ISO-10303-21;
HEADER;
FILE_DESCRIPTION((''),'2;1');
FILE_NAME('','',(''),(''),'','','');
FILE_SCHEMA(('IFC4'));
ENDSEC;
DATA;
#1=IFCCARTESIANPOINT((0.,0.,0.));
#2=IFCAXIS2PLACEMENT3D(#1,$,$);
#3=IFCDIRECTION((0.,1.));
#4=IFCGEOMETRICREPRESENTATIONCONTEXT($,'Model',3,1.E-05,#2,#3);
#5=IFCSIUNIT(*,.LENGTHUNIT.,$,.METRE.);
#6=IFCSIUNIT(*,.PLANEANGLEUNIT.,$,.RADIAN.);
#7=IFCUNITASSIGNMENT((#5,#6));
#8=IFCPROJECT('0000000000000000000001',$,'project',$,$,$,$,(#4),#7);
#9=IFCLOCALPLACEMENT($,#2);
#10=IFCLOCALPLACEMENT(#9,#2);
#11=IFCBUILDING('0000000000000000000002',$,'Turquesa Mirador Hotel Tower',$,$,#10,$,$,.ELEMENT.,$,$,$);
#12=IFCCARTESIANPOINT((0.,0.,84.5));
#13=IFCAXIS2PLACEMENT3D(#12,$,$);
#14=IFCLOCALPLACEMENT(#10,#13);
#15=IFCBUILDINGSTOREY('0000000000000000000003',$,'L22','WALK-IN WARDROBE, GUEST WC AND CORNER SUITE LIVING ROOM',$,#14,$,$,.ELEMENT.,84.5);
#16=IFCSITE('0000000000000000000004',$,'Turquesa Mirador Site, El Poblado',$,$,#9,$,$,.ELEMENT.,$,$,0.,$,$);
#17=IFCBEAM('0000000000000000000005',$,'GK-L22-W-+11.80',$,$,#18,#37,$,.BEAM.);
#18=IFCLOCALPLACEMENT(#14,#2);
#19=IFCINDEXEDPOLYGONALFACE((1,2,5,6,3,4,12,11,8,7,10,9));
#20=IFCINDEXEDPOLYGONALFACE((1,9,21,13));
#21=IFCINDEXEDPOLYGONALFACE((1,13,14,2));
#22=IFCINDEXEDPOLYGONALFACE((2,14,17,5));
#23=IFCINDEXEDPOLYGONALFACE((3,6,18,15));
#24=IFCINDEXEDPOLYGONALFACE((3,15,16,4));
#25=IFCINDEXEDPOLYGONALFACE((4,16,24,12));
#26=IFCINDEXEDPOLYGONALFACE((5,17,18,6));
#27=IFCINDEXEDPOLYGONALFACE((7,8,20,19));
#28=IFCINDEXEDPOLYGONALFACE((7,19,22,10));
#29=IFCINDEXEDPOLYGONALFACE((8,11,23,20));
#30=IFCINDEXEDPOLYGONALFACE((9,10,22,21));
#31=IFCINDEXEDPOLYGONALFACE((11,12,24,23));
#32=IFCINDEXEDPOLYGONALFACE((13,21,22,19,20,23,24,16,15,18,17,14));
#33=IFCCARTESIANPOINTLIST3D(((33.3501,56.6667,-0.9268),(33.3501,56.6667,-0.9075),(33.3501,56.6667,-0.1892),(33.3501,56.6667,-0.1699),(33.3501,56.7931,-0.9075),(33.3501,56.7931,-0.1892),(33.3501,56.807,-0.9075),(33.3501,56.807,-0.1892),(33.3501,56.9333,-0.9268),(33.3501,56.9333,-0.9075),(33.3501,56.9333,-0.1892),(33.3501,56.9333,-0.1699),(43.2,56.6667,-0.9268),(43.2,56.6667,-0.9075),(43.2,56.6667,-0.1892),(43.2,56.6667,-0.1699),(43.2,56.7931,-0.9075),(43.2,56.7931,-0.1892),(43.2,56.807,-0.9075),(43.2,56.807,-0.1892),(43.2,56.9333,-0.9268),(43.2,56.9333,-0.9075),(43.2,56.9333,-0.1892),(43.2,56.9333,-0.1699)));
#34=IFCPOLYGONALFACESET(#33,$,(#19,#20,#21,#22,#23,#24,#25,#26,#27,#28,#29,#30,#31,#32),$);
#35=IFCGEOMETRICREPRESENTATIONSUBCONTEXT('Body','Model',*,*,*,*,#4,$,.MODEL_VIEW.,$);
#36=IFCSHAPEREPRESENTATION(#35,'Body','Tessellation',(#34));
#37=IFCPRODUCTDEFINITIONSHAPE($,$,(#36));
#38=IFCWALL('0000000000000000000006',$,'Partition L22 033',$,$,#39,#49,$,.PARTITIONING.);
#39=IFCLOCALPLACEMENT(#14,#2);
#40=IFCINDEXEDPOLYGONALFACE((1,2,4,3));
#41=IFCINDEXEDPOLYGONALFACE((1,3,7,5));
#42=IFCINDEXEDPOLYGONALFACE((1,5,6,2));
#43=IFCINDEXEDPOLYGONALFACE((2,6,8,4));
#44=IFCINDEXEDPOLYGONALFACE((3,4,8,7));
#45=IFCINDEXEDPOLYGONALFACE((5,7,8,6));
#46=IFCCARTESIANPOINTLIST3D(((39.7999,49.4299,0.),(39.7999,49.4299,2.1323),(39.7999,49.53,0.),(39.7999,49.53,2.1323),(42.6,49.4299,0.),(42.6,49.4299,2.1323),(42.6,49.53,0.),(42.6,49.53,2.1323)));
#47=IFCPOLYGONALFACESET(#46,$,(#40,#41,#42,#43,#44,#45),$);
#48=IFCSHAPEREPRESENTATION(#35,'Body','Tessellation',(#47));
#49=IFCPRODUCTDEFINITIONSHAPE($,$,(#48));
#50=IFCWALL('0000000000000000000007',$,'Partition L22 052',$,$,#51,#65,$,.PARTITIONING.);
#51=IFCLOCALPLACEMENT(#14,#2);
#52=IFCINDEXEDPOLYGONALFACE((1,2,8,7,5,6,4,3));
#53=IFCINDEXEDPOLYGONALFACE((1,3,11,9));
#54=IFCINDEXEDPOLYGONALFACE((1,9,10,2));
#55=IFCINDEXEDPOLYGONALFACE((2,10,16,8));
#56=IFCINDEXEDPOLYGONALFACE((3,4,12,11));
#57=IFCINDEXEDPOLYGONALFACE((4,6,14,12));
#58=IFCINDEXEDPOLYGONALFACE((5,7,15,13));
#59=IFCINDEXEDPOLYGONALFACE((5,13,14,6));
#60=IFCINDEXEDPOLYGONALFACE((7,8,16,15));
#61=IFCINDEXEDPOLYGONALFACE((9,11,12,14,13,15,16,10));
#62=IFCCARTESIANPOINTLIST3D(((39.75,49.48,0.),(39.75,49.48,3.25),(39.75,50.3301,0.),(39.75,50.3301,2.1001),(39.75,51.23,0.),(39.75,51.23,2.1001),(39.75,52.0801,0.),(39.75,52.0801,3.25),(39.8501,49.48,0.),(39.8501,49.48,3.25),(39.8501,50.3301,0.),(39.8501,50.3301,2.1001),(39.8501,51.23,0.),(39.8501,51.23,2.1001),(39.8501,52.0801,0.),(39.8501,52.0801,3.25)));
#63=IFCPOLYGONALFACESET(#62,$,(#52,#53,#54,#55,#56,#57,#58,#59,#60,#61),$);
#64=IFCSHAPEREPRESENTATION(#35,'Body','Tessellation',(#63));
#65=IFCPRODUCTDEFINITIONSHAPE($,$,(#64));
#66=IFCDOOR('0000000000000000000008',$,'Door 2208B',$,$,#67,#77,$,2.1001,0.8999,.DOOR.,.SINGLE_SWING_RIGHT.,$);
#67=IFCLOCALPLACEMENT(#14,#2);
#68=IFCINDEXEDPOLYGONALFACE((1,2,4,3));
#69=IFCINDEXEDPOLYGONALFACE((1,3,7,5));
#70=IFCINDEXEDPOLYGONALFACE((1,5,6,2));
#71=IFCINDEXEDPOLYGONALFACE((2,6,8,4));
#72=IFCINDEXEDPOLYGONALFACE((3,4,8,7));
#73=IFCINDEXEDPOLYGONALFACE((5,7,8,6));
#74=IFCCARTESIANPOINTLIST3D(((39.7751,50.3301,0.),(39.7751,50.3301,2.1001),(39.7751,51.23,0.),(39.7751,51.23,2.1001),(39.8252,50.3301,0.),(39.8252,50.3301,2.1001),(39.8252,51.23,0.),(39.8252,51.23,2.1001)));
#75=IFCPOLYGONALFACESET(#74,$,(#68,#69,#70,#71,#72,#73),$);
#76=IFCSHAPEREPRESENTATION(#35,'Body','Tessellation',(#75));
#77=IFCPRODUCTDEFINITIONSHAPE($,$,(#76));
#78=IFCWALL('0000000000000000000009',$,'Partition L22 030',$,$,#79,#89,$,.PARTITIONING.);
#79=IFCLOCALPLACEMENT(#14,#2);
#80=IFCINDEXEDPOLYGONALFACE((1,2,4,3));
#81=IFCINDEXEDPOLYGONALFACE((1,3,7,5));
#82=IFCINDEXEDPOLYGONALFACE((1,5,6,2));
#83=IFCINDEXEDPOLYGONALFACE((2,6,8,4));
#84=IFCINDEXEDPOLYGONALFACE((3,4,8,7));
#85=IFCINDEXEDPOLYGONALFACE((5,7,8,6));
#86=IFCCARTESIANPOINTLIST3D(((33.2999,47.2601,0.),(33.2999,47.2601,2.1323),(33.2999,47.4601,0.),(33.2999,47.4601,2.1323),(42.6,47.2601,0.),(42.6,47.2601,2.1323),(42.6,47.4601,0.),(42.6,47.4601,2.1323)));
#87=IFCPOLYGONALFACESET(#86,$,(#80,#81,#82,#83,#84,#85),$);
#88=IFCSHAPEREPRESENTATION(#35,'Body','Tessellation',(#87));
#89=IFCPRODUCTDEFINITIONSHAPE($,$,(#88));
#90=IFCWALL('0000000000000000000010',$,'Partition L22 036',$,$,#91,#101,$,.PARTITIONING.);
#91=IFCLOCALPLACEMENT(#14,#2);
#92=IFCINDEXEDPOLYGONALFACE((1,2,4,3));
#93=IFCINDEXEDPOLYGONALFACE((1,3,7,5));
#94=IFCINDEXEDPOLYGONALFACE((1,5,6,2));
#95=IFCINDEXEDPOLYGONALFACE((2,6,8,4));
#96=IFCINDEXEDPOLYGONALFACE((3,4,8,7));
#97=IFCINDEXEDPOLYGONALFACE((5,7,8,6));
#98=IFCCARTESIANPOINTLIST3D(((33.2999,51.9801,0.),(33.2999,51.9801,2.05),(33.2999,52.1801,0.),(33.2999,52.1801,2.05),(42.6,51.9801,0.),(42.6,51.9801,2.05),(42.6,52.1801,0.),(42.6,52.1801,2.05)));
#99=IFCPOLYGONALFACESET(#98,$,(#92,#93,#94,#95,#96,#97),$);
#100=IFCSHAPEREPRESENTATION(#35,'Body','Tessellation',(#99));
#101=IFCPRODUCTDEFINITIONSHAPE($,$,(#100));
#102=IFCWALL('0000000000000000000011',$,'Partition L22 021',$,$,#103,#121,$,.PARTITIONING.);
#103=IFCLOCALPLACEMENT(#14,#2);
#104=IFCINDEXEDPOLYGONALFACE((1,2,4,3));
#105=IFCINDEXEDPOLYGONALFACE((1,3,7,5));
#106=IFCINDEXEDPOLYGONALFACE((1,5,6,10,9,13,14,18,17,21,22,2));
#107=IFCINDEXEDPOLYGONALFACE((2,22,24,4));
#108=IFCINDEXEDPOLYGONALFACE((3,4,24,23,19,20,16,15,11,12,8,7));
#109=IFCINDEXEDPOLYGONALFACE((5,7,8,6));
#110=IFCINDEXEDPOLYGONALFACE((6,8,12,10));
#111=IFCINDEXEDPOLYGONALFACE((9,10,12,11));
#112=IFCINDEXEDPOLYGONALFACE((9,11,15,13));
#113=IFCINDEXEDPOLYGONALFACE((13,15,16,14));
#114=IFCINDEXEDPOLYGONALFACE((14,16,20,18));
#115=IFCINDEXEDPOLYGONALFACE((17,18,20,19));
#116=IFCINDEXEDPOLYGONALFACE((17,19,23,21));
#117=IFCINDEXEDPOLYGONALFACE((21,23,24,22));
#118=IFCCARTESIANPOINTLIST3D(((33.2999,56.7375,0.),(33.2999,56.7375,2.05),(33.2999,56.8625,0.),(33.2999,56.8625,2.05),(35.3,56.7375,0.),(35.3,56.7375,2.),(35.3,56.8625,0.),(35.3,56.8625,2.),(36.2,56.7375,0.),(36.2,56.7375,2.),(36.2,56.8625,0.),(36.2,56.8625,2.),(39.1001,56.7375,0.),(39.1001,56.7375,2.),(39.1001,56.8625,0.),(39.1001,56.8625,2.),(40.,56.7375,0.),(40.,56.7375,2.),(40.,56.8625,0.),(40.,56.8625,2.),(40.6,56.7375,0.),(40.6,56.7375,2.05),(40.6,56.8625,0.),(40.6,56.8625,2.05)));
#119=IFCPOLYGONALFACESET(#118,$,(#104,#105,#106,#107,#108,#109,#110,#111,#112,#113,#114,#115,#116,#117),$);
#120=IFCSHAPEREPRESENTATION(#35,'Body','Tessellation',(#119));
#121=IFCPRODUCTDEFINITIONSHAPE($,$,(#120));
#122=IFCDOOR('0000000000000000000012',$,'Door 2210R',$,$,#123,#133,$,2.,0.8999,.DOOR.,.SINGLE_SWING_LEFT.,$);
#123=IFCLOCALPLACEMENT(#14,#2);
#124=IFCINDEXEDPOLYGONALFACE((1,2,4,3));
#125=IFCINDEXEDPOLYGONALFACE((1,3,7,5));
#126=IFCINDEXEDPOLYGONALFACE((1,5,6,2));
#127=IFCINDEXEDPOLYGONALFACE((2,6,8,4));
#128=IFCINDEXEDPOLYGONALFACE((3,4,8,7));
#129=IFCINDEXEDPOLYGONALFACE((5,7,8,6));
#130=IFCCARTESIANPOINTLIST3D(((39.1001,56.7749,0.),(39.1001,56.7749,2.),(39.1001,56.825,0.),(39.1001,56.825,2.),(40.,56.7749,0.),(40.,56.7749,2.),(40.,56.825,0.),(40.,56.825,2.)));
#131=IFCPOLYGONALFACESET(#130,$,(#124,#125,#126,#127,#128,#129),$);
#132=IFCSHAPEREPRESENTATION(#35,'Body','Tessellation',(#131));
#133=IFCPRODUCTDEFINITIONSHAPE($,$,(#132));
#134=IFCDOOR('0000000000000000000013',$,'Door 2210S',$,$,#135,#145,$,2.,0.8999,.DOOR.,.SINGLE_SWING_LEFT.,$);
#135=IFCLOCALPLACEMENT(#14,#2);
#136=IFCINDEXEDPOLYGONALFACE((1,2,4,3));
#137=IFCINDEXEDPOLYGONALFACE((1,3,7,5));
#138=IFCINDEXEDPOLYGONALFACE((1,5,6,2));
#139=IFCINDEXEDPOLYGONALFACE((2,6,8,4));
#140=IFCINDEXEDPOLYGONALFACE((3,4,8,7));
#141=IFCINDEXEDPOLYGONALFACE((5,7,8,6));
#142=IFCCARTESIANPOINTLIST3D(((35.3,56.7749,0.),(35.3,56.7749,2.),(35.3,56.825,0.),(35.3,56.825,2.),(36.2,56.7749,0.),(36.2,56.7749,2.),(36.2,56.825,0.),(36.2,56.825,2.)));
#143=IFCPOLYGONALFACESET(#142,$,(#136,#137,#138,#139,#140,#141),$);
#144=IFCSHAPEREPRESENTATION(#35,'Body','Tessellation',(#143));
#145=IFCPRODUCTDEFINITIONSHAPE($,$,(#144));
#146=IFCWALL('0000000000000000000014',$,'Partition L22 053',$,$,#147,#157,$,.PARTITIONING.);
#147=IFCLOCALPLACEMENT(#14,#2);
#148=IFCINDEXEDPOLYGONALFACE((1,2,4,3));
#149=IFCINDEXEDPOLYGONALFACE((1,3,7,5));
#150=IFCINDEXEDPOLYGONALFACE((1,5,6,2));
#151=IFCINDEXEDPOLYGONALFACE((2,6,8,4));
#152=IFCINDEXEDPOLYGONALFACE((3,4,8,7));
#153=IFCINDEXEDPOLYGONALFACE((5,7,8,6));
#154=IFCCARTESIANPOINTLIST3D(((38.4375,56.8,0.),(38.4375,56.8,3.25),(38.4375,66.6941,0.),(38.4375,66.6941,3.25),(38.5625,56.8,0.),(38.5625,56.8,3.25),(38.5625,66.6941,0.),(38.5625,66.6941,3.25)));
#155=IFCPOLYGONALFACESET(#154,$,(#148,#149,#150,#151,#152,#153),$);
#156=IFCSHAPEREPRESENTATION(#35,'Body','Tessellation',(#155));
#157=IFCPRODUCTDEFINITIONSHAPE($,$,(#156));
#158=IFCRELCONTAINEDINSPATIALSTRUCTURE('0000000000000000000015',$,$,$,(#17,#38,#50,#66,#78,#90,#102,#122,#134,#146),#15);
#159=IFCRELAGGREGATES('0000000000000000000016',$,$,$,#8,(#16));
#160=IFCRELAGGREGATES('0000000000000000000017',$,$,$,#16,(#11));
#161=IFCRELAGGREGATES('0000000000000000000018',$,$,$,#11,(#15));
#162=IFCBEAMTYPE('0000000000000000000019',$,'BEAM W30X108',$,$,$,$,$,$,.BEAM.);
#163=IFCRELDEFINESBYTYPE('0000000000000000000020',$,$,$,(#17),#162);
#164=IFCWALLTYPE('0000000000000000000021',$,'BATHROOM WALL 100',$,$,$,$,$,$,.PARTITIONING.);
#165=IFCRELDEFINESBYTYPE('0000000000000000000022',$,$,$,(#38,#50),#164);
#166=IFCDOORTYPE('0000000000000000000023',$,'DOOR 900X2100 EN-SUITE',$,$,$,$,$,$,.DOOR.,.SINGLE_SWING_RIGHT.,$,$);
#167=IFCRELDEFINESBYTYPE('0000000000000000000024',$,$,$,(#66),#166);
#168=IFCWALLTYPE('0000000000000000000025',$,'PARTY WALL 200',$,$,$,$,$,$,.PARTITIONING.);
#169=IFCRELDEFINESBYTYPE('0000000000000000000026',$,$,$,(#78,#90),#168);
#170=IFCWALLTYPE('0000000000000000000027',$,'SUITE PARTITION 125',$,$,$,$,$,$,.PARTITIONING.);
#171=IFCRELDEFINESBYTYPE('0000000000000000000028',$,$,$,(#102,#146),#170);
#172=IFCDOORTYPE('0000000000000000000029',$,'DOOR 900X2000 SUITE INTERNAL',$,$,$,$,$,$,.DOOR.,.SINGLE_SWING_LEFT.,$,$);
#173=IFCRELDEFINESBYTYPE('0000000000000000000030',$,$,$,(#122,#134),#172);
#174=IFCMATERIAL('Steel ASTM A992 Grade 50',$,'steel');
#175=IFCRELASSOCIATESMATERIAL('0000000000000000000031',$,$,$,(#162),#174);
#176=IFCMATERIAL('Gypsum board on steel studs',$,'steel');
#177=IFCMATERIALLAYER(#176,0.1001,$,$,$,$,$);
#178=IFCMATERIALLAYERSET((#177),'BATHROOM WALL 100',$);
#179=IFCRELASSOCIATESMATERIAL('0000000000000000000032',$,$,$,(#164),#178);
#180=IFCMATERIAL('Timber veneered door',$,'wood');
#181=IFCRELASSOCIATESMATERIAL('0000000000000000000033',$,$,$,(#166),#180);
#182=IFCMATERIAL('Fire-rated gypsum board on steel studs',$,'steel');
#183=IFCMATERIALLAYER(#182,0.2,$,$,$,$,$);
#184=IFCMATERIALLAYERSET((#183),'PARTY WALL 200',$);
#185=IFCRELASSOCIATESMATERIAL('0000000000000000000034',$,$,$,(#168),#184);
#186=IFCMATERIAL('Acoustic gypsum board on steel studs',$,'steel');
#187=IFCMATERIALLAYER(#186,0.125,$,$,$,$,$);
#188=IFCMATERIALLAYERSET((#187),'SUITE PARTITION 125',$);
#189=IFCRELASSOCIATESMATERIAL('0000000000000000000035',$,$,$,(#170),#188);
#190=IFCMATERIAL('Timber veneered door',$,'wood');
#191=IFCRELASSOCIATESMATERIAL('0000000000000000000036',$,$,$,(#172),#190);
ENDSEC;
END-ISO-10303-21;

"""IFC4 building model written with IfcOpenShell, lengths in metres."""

from ifc_helpers import new_model, si_unit, direction, frame, frame_2d, origin, origin_2d, place, context, subcontext, project, spatial, rectangle, i_section, extrude, material, layer, layer_set, material_profile, profile_set, type_object, element, fill, save


model = new_model("IFC4")

# Units and contexts
model_context = context("Model", 3, precision=1e-05, world=origin(), true_north=direction((0.0, 1.0)))
body_context = subcontext(model_context, "Body", "Model", "MODEL_VIEW")
ifc_project = project(units=[si_unit("LENGTHUNIT", "METRE"), si_unit("PLANEANGLEUNIT", "RADIAN")], contexts=[model_context])

# Site, building, storey
site_placement = place(None, origin())
site = spatial("IfcSite", under=ifc_project, at=site_placement, Name="Turquesa Mirador Site, El Poblado", CompositionType="ELEMENT", RefElevation=0.0)
building_placement = place(site_placement, origin())
building = spatial("IfcBuilding", under=site, at=building_placement, Name="Turquesa Mirador Hotel Tower", CompositionType="ELEMENT")
storey_placement = place(building_placement, frame((0.0, 0.0, 84.5)))
storey = spatial("IfcBuildingStorey", under=building, at=storey_placement, Name="L22", Description="WALK-IN WARDROBE, GUEST WC AND CORNER SUITE LIVING ROOM", CompositionType="ELEMENT", Elevation=84.5)

# Beam
ifc_material_1 = material(Name="Steel ASTM A992 Grade 50", Category="steel")
ifc_material_profile_1 = material_profile(ifc_material_1, i_section(OverallWidth=0.2666, OverallDepth=0.7568, WebThickness=0.0139, FlangeThickness=0.0193, at=origin_2d()), Name="W30X108")
ifc_profile_set_1 = profile_set([ifc_material_profile_1], Name="Steel ASTM A992 Grade 50")
beam_type_1 = type_object("IfcBeamType", Name="BEAM W30X108", PredefinedType="BEAM", material=ifc_profile_set_1)
beam_1_placement = place(storey_placement, frame((33.3501, 56.8, -0.5483), z_axis=(1.0, 0.0, 0.0), x_axis=(0.0, 1.0, 0.0)))
element("IfcBeam", 1, at=beam_1_placement, inside=storey, type_object=beam_type_1, Name="GK-L22-W-+11.80", PredefinedType="BEAM", context=body_context, shape_type="SweptSolid", body=[
    extrude(i_section(OverallWidth=0.2666, OverallDepth=0.7568, WebThickness=0.0139, FlangeThickness=0.0193, at=origin_2d()), origin(), (0.0, 0.0, 1.0), 9.8499),
])

# Wall
ifc_material_2 = material(Name="Gypsum board on steel studs", Category="steel")
ifc_layer_1 = layer(ifc_material_2, 0.1001)
ifc_layer_set_1 = layer_set([ifc_layer_1], Name="BATHROOM WALL 100")
wall_type_1 = type_object("IfcWallType", Name="BATHROOM WALL 100", PredefinedType="PARTITIONING", material=ifc_layer_set_1)
wall_1_placement = place(storey_placement, frame((39.8, 49.48, 0.0), z_axis=(0.0, 0.0, 1.0), x_axis=(1.0, 0.0, 0.0)))
element("IfcWall", 2, at=wall_1_placement, inside=storey, type_object=wall_type_1, Name="Partition L22 033", PredefinedType="PARTITIONING", context=body_context, shape_type="SweptSolid", body=[
    extrude(rectangle(XDim=2.8, YDim=0.1001, at=frame_2d((1.3999, 0.0))), origin(), (0.0, 0.0, 1.0), 2.1323),
])

# Wall, opening, door
wall_2_placement = place(storey_placement, frame((39.8, 49.48, 0.0), z_axis=(0.0, 0.0, 1.0), x_axis=(0.0, 1.0, 0.0)))
wall_2 = element("IfcWall", 3, at=wall_2_placement, inside=storey, type_object=wall_type_1, Name="Partition L22 052", PredefinedType="PARTITIONING", context=body_context, shape_type="SweptSolid", body=[
    extrude(rectangle(XDim=2.6001, YDim=0.1001, at=frame_2d((1.3, 0.0))), origin(), (0.0, 0.0, 1.0), 3.25),
])
opening_1_placement = place(wall_2_placement, frame((0.8501, 0.0, 0.0)))
opening_1 = element("IfcOpeningElement", 4, at=opening_1_placement, cuts=wall_2, PredefinedType="OPENING", context=body_context, shape_type="SweptSolid", body=[
    extrude(rectangle(XDim=0.8999, YDim=2.1001, at=frame_2d((0.45, 1.05))), frame((0.0, 0.0601, 0.0), z_axis=(0.0, -1.0, 0.0), x_axis=(1.0, 0.0, 0.0)), (0.0, 0.0, 1.0), 0.1201),
])
ifc_material_3 = material(Name="Timber veneered door", Category="wood")
door_type_1 = type_object("IfcDoorType", Name="DOOR 900X2100 EN-SUITE", OperationType="SINGLE_SWING_RIGHT", PredefinedType="DOOR", material=ifc_material_3)
door_1_placement = place(opening_1_placement, origin())
door_1 = element("IfcDoor", 5, at=door_1_placement, inside=storey, type_object=door_type_1, Name="Door 2208B", OperationType="SINGLE_SWING_RIGHT", OverallHeight=2.1001, OverallWidth=0.8999, PredefinedType="DOOR", context=body_context, shape_type="SweptSolid", body=[
    extrude(rectangle(XDim=0.8999, YDim=2.1001, at=frame_2d((0.45, 1.05))), frame((0.0, 0.0249, 0.0), z_axis=(0.0, -1.0, 0.0), x_axis=(1.0, 0.0, 0.0)), (0.0, 0.0, 1.0), 0.05),
])
fill(opening_1, door_1)

# Walls
ifc_material_4 = material(Name="Fire-rated gypsum board on steel studs", Category="steel")
ifc_layer_2 = layer(ifc_material_4, 0.2)
ifc_layer_set_2 = layer_set([ifc_layer_2], Name="PARTY WALL 200")
wall_type_2 = type_object("IfcWallType", Name="PARTY WALL 200", PredefinedType="PARTITIONING", material=ifc_layer_set_2)
wall_3_placement = place(storey_placement, frame((33.3, 47.3601, 0.0), z_axis=(0.0, 0.0, 1.0), x_axis=(1.0, 0.0, 0.0)))
element("IfcWall", 6, at=wall_3_placement, inside=storey, type_object=wall_type_2, Name="Partition L22 030", PredefinedType="PARTITIONING", context=body_context, shape_type="SweptSolid", body=[
    extrude(rectangle(XDim=9.3, YDim=0.2, at=frame_2d((4.6499, 0.0))), origin(), (0.0, 0.0, 1.0), 2.1323),
])
wall_4_placement = place(storey_placement, frame((33.3, 52.0801, 0.0), z_axis=(0.0, 0.0, 1.0), x_axis=(1.0, 0.0, 0.0)))
element("IfcWall", 7, at=wall_4_placement, inside=storey, type_object=wall_type_2, Name="Partition L22 036", PredefinedType="PARTITIONING", context=body_context, shape_type="SweptSolid", body=[
    extrude(rectangle(XDim=9.3, YDim=0.2, at=frame_2d((4.6499, 0.0))), origin(), (0.0, 0.0, 1.0), 2.05),
])

# Wall, openings, doors
ifc_material_5 = material(Name="Acoustic gypsum board on steel studs", Category="steel")
ifc_layer_3 = layer(ifc_material_5, 0.125)
ifc_layer_set_3 = layer_set([ifc_layer_3], Name="SUITE PARTITION 125")
wall_type_3 = type_object("IfcWallType", Name="SUITE PARTITION 125", PredefinedType="PARTITIONING", material=ifc_layer_set_3)
wall_5_placement = place(storey_placement, frame((33.3, 56.8, 0.0), z_axis=(0.0, 0.0, 1.0), x_axis=(1.0, 0.0, 0.0)))
wall_5 = element("IfcWall", 8, at=wall_5_placement, inside=storey, type_object=wall_type_3, Name="Partition L22 021", PredefinedType="PARTITIONING", context=body_context, shape_type="SweptSolid", body=[
    extrude(rectangle(XDim=7.3, YDim=0.125, at=frame_2d((3.6499, 0.0))), origin(), (0.0, 0.0, 1.0), 2.05),
])
opening_2_placement = place(wall_5_placement, frame((5.8, 0.0, 0.0)))
opening_2 = element("IfcOpeningElement", 9, at=opening_2_placement, cuts=wall_5, PredefinedType="OPENING", context=body_context, shape_type="SweptSolid", body=[
    extrude(rectangle(XDim=0.8999, YDim=2.0, at=frame_2d((0.45, 1.0))), frame((0.0, 0.0725, 0.0), z_axis=(0.0, -1.0, 0.0), x_axis=(1.0, 0.0, 0.0)), (0.0, 0.0, 1.0), 0.145),
])
opening_3_placement = place(wall_5_placement, frame((2.0, 0.0, 0.0)))
opening_3 = element("IfcOpeningElement", 10, at=opening_3_placement, cuts=wall_5, PredefinedType="OPENING", context=body_context, shape_type="SweptSolid", body=[
    extrude(rectangle(XDim=0.8999, YDim=2.0, at=frame_2d((0.45, 1.0))), frame((0.0, 0.0725, 0.0), z_axis=(0.0, -1.0, 0.0), x_axis=(1.0, 0.0, 0.0)), (0.0, 0.0, 1.0), 0.145),
])
ifc_material_6 = material(Name="Timber veneered door", Category="wood")
door_type_2 = type_object("IfcDoorType", Name="DOOR 900X2000 SUITE INTERNAL", OperationType="SINGLE_SWING_LEFT", PredefinedType="DOOR", material=ifc_material_6)
door_2_placement = place(opening_2_placement, origin())
door_2 = element("IfcDoor", 11, at=door_2_placement, inside=storey, type_object=door_type_2, Name="Door 2210R", OperationType="SINGLE_SWING_LEFT", OverallHeight=2.0, OverallWidth=0.8999, PredefinedType="DOOR", context=body_context, shape_type="SweptSolid", body=[
    extrude(rectangle(XDim=0.8999, YDim=2.0, at=frame_2d((0.45, 1.0))), frame((0.0, 0.0249, 0.0), z_axis=(0.0, -1.0, 0.0), x_axis=(1.0, 0.0, 0.0)), (0.0, 0.0, 1.0), 0.05),
])
fill(opening_2, door_2)
door_3_placement = place(opening_3_placement, origin())
door_3 = element("IfcDoor", 12, at=door_3_placement, inside=storey, type_object=door_type_2, Name="Door 2210S", OperationType="SINGLE_SWING_LEFT", OverallHeight=2.0, OverallWidth=0.8999, PredefinedType="DOOR", context=body_context, shape_type="SweptSolid", body=[
    extrude(rectangle(XDim=0.8999, YDim=2.0, at=frame_2d((0.45, 1.0))), frame((0.0, 0.0249, 0.0), z_axis=(0.0, -1.0, 0.0), x_axis=(1.0, 0.0, 0.0)), (0.0, 0.0, 1.0), 0.05),
])
fill(opening_3, door_3)

# Wall
wall_6_placement = place(storey_placement, frame((38.5, 56.8, 0.0), z_axis=(0.0, 0.0, 1.0), x_axis=(0.0, 1.0, 0.0)))
element("IfcWall", 13, at=wall_6_placement, inside=storey, type_object=wall_type_3, Name="Partition L22 053", PredefinedType="PARTITIONING", context=body_context, shape_type="SweptSolid", body=[
    extrude(rectangle(XDim=9.894, YDim=0.125, at=frame_2d((4.947, 0.0))), origin(), (0.0, 0.0, 1.0), 3.25),
])

save(model, "model.ifc")
